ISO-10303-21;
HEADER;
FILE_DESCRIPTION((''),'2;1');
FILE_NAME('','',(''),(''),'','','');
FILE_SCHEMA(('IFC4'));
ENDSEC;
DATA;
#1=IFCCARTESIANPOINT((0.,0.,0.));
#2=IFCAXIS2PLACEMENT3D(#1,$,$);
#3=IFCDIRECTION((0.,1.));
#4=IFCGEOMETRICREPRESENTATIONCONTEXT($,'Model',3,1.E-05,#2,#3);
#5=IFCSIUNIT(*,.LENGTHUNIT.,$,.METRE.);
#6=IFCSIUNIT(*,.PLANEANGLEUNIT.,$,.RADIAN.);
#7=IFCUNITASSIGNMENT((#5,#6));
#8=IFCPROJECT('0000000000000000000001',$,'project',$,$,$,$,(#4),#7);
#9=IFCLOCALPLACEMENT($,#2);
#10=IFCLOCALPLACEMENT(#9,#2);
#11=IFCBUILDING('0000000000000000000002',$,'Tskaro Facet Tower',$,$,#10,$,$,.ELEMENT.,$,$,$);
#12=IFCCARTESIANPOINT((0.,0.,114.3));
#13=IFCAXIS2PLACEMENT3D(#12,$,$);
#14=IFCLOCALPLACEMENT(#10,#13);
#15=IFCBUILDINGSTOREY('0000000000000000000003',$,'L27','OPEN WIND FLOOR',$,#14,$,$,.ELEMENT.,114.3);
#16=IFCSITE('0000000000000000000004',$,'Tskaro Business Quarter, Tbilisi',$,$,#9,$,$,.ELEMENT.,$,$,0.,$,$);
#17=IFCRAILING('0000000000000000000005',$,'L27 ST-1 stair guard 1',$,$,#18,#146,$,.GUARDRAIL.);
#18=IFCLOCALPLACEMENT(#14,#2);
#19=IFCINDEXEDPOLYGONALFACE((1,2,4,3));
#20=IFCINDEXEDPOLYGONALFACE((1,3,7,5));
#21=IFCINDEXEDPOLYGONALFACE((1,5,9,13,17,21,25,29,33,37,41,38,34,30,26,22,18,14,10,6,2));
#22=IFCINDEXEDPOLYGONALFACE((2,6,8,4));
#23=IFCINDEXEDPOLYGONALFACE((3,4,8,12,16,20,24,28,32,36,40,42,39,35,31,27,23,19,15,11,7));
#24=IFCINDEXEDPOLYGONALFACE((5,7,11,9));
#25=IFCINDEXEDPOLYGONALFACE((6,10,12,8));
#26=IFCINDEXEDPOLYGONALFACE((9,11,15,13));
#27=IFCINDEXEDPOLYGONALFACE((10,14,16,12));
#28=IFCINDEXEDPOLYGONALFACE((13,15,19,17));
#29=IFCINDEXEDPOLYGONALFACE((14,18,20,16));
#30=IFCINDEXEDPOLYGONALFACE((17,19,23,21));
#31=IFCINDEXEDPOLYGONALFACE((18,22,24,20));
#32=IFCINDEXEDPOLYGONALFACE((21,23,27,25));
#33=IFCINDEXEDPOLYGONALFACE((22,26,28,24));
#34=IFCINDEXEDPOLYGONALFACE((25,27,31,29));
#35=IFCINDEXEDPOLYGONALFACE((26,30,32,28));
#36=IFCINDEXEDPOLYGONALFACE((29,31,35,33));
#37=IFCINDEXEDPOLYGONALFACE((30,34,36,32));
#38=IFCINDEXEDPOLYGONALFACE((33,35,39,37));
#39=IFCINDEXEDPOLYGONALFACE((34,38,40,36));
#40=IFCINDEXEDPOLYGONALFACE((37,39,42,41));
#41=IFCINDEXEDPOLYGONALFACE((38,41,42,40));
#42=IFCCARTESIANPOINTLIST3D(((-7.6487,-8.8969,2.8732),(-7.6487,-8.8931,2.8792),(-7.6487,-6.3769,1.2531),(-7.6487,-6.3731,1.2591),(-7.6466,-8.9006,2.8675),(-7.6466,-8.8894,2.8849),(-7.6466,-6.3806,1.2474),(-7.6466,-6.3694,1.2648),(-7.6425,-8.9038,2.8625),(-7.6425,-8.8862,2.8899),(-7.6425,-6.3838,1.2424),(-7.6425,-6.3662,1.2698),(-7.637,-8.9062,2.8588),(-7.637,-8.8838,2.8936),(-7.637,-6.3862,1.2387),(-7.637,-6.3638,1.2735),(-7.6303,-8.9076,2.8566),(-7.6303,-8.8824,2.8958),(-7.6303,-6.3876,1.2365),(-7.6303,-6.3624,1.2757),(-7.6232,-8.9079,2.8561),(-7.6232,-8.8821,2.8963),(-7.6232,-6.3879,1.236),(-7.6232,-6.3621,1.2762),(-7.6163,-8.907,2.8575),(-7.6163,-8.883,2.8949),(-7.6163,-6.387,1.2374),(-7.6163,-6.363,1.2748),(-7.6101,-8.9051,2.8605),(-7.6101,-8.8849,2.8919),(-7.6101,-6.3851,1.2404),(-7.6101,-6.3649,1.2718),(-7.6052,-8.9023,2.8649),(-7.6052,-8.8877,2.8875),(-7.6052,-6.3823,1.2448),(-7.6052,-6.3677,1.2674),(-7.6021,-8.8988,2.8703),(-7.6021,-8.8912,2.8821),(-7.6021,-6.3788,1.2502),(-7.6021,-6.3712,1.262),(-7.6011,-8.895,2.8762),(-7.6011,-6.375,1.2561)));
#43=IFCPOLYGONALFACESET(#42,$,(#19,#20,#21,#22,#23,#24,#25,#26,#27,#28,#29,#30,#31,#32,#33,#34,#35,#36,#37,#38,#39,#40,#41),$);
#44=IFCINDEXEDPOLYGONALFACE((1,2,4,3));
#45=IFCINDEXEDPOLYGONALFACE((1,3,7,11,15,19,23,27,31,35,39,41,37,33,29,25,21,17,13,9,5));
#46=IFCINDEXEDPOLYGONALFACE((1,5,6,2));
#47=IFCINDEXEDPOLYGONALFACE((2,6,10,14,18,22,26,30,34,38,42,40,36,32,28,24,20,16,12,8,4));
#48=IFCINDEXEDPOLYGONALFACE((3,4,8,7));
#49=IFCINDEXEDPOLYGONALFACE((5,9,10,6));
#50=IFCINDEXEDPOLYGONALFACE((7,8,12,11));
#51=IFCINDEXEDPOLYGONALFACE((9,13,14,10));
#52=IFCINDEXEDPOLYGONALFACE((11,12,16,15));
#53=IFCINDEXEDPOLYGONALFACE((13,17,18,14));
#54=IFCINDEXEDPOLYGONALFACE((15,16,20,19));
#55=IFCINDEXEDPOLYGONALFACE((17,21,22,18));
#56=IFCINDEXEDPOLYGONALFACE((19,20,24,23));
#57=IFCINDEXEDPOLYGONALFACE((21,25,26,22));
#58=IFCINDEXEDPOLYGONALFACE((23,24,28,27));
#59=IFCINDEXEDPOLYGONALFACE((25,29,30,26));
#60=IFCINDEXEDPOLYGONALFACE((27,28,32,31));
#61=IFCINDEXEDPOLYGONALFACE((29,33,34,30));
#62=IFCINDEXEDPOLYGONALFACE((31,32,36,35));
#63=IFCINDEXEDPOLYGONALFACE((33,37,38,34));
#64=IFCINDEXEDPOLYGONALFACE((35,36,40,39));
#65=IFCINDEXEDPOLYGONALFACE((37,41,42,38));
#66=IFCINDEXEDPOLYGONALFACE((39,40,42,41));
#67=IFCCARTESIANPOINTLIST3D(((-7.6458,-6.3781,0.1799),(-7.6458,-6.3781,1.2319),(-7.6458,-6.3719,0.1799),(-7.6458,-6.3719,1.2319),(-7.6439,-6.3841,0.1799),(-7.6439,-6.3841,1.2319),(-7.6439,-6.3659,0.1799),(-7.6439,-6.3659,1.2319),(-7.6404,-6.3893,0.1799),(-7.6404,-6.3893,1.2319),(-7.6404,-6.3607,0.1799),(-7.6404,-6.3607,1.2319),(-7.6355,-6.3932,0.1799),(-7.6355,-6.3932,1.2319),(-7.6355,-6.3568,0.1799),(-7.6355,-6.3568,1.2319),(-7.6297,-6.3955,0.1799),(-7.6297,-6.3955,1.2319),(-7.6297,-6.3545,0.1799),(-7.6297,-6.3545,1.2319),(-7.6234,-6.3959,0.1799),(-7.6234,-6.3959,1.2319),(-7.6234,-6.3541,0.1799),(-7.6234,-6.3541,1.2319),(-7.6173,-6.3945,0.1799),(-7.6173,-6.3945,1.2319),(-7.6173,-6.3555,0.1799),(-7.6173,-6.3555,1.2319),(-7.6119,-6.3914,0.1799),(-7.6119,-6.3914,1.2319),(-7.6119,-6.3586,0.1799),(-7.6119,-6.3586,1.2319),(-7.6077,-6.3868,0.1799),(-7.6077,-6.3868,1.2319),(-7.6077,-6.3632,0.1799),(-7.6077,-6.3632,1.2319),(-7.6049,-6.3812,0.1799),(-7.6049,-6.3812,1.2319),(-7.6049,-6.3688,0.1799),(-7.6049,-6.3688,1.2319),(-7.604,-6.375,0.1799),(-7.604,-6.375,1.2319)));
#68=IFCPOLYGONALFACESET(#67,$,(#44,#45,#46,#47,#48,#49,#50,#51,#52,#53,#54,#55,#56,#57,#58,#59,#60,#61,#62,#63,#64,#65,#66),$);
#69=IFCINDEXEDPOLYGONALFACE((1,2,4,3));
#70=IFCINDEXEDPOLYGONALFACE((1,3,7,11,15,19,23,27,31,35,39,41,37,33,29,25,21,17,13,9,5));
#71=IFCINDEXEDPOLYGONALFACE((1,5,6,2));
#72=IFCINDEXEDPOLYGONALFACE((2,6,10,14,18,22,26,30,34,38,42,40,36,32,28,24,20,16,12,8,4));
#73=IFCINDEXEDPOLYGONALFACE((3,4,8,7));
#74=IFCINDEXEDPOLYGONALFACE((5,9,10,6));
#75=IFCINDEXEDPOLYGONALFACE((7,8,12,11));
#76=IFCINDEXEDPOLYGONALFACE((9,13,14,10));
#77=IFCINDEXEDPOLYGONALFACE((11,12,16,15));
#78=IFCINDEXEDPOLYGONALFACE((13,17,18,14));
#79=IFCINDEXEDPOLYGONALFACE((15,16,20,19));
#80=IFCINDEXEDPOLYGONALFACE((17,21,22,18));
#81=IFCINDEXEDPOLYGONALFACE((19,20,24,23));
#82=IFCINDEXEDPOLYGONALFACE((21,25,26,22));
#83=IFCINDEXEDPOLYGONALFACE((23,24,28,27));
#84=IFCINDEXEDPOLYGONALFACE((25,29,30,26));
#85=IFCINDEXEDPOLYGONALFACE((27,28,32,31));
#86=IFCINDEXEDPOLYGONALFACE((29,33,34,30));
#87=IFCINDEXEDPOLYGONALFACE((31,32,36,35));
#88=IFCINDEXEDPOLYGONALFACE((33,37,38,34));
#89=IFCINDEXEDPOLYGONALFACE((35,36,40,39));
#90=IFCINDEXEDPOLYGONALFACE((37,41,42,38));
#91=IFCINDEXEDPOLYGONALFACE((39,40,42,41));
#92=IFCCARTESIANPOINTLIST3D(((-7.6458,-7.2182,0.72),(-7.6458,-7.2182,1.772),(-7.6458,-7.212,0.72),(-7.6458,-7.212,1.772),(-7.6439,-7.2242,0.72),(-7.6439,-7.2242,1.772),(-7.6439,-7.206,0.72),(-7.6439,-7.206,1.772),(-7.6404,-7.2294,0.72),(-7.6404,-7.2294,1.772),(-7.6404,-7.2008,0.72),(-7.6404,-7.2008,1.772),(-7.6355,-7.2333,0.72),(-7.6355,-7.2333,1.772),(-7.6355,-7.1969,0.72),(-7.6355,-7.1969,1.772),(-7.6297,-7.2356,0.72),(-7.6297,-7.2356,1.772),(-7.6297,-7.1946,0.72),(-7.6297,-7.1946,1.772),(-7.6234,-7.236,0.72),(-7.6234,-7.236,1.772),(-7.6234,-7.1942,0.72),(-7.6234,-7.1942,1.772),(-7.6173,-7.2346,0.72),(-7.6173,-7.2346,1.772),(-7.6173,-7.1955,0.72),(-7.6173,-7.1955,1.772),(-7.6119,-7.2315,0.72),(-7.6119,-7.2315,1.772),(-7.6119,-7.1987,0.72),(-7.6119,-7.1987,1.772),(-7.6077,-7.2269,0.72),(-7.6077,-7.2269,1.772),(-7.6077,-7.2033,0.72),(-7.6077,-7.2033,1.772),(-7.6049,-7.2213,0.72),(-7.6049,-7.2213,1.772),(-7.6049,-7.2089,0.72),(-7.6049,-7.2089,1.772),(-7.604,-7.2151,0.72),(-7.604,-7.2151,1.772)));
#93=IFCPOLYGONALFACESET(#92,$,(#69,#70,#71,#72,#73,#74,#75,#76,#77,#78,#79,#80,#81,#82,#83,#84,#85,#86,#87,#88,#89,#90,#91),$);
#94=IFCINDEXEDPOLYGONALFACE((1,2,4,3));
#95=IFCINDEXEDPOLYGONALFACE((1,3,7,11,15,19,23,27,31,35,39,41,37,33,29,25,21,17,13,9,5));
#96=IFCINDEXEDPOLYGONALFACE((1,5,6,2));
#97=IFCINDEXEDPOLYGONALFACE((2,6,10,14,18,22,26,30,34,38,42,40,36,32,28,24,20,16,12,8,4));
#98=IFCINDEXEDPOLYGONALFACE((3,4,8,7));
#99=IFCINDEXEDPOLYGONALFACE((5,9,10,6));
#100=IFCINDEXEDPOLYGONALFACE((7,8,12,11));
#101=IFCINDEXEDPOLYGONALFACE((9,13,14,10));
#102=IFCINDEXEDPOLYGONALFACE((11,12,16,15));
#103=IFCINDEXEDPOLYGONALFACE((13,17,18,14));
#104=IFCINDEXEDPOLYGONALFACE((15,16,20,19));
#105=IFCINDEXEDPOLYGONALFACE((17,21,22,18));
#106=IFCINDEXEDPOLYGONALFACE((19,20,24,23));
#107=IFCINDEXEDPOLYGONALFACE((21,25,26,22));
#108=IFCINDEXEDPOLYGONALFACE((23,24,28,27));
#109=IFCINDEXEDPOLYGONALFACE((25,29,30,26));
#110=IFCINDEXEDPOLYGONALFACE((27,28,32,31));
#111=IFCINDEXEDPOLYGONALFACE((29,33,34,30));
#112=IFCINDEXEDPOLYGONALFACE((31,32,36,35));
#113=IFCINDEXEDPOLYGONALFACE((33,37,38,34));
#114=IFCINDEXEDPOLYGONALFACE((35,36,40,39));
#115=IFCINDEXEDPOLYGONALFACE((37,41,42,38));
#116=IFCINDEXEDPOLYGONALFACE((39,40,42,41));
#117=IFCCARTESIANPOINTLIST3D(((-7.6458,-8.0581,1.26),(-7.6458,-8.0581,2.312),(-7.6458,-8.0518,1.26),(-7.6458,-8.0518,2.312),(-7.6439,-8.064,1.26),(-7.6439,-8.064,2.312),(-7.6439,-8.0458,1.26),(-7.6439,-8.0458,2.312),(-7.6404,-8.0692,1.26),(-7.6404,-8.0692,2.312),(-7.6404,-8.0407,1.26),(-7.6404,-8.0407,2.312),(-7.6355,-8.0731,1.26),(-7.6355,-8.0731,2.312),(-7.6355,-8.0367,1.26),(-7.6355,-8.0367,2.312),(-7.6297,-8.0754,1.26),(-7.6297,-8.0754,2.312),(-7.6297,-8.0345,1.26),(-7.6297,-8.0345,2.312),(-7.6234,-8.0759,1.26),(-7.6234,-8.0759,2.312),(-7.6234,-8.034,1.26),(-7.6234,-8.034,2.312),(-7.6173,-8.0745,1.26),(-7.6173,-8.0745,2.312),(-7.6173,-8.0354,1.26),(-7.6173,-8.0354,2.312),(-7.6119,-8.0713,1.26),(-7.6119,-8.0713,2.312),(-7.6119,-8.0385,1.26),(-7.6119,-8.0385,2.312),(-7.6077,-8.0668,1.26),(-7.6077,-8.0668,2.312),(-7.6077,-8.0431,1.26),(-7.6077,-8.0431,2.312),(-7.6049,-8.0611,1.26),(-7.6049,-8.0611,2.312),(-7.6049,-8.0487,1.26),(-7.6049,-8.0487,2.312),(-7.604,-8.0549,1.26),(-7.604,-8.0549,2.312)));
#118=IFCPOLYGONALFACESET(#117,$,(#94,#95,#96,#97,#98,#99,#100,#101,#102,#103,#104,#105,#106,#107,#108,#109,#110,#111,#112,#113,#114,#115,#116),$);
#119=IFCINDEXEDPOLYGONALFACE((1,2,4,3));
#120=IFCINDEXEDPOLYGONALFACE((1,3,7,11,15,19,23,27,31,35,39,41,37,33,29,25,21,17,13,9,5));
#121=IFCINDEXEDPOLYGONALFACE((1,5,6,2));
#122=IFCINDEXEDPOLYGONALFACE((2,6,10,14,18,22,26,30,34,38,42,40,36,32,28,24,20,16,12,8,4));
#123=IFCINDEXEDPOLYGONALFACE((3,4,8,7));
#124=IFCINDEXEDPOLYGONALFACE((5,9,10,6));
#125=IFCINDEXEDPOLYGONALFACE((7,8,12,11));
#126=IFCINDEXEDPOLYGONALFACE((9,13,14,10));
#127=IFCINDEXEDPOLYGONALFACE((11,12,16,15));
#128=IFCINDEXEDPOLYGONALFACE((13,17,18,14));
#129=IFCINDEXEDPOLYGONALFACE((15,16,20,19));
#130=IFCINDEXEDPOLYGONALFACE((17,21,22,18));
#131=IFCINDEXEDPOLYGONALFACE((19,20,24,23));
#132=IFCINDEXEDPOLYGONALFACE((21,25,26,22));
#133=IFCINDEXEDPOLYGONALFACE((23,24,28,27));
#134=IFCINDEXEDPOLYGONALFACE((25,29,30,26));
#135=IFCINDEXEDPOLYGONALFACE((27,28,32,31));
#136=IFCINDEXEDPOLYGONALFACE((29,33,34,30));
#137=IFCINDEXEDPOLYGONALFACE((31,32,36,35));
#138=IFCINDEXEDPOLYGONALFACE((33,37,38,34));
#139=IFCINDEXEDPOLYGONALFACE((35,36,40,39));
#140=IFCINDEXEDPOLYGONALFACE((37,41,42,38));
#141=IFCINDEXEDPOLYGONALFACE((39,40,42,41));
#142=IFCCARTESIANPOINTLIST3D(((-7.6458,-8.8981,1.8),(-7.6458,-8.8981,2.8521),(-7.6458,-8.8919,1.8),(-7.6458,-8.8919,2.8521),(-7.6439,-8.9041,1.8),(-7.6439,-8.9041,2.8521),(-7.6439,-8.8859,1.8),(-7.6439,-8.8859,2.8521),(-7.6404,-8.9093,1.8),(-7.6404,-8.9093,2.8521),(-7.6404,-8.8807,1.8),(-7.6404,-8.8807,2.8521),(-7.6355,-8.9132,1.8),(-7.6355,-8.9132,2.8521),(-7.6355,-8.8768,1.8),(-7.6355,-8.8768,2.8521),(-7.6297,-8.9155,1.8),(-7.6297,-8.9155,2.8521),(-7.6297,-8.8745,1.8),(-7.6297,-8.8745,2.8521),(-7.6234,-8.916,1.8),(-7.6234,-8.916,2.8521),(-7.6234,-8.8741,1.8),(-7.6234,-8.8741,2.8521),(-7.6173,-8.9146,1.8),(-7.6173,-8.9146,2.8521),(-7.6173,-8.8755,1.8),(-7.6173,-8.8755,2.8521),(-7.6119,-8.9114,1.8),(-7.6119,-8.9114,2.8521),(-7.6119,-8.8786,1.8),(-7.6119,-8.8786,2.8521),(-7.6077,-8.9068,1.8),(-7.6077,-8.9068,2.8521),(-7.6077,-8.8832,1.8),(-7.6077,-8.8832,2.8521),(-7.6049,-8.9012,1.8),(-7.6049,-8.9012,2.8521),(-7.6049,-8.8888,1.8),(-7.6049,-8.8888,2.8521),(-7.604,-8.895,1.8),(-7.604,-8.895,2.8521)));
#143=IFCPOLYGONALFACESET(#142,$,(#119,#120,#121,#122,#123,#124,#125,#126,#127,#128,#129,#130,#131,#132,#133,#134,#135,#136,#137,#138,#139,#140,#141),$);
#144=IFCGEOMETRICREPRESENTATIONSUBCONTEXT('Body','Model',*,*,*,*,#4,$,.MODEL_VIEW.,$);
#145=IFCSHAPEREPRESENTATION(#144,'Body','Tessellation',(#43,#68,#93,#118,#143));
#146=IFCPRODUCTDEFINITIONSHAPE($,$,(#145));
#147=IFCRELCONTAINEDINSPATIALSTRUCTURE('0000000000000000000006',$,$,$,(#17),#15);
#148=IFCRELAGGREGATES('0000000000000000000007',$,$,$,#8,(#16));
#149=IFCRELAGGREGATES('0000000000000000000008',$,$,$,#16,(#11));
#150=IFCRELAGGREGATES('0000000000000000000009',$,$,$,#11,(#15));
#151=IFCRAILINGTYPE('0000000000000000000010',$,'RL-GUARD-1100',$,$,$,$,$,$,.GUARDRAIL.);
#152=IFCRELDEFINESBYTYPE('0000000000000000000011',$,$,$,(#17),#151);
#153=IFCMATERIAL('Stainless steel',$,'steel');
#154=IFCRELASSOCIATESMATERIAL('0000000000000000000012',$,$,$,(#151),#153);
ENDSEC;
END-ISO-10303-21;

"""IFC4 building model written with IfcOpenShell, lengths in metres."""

from ifc_helpers import new_model, si_unit, direction, frame, origin, origin_2d, place, context, subcontext, project, spatial, circle, extrude, material, type_object, element, save


model = new_model("IFC4")

# Units and contexts
model_context = context("Model", 3, precision=1e-05, world=origin(), true_north=direction((0.0, 1.0)))
body_context = subcontext(model_context, "Body", "Model", "MODEL_VIEW")
ifc_project = project(units=[si_unit("LENGTHUNIT", "METRE"), si_unit("PLANEANGLEUNIT", "RADIAN")], contexts=[model_context])

# Site, building, storey
site_placement = place(None, origin())
site = spatial("IfcSite", under=ifc_project, at=site_placement, Name="Tskaro Business Quarter, Tbilisi", CompositionType="ELEMENT", RefElevation=0.0)
building_placement = place(site_placement, origin())
building = spatial("IfcBuilding", under=site, at=building_placement, Name="Tskaro Facet Tower", CompositionType="ELEMENT")
storey_placement = place(building_placement, frame((0.0, 0.0, 114.3)))
storey = spatial("IfcBuildingStorey", under=building, at=storey_placement, Name="L27", Description="OPEN WIND FLOOR", CompositionType="ELEMENT", Elevation=114.3)

# Shared definitions
ifc_material_1 = material(Name="Stainless steel", Category="steel")

# Railing
railing_type_1 = type_object("IfcRailingType", Name="RL-GUARD-1100", PredefinedType="GUARDRAIL", material=ifc_material_1)
railing_1_placement = place(storey_placement, frame((-7.625, -6.375, 0.1799)))
element("IfcRailing", 1, at=railing_1_placement, inside=storey, type_object=railing_type_1, Name="L27 ST-1 stair guard 1", PredefinedType="GUARDRAIL", context=body_context, shape_type="SweptSolid", body=[
    extrude(circle(Radius=0.0239, at=origin_2d()), frame((0.0, 0.0, 1.0762), z_axis=(0.0, -0.841163, 0.540782), x_axis=(1.0, 0.0, 0.0)), (0.0, 0.0, 1.0), 2.9958),
    extrude(circle(Radius=0.021, at=origin_2d()), origin(), (0.0, 0.0, 1.0), 1.052),
    extrude(circle(Radius=0.021, at=origin_2d()), frame((0.0, -0.8401, 0.54)), (0.0, 0.0, 1.0), 1.052),
    extrude(circle(Radius=0.021, at=origin_2d()), frame((0.0, -1.6799, 1.0801)), (0.0, 0.0, 1.0), 1.052),
    extrude(circle(Radius=0.021, at=origin_2d()), frame((0.0, -2.52, 1.6201)), (0.0, 0.0, 1.0), 1.052),
])

save(model, "model.ifc")
